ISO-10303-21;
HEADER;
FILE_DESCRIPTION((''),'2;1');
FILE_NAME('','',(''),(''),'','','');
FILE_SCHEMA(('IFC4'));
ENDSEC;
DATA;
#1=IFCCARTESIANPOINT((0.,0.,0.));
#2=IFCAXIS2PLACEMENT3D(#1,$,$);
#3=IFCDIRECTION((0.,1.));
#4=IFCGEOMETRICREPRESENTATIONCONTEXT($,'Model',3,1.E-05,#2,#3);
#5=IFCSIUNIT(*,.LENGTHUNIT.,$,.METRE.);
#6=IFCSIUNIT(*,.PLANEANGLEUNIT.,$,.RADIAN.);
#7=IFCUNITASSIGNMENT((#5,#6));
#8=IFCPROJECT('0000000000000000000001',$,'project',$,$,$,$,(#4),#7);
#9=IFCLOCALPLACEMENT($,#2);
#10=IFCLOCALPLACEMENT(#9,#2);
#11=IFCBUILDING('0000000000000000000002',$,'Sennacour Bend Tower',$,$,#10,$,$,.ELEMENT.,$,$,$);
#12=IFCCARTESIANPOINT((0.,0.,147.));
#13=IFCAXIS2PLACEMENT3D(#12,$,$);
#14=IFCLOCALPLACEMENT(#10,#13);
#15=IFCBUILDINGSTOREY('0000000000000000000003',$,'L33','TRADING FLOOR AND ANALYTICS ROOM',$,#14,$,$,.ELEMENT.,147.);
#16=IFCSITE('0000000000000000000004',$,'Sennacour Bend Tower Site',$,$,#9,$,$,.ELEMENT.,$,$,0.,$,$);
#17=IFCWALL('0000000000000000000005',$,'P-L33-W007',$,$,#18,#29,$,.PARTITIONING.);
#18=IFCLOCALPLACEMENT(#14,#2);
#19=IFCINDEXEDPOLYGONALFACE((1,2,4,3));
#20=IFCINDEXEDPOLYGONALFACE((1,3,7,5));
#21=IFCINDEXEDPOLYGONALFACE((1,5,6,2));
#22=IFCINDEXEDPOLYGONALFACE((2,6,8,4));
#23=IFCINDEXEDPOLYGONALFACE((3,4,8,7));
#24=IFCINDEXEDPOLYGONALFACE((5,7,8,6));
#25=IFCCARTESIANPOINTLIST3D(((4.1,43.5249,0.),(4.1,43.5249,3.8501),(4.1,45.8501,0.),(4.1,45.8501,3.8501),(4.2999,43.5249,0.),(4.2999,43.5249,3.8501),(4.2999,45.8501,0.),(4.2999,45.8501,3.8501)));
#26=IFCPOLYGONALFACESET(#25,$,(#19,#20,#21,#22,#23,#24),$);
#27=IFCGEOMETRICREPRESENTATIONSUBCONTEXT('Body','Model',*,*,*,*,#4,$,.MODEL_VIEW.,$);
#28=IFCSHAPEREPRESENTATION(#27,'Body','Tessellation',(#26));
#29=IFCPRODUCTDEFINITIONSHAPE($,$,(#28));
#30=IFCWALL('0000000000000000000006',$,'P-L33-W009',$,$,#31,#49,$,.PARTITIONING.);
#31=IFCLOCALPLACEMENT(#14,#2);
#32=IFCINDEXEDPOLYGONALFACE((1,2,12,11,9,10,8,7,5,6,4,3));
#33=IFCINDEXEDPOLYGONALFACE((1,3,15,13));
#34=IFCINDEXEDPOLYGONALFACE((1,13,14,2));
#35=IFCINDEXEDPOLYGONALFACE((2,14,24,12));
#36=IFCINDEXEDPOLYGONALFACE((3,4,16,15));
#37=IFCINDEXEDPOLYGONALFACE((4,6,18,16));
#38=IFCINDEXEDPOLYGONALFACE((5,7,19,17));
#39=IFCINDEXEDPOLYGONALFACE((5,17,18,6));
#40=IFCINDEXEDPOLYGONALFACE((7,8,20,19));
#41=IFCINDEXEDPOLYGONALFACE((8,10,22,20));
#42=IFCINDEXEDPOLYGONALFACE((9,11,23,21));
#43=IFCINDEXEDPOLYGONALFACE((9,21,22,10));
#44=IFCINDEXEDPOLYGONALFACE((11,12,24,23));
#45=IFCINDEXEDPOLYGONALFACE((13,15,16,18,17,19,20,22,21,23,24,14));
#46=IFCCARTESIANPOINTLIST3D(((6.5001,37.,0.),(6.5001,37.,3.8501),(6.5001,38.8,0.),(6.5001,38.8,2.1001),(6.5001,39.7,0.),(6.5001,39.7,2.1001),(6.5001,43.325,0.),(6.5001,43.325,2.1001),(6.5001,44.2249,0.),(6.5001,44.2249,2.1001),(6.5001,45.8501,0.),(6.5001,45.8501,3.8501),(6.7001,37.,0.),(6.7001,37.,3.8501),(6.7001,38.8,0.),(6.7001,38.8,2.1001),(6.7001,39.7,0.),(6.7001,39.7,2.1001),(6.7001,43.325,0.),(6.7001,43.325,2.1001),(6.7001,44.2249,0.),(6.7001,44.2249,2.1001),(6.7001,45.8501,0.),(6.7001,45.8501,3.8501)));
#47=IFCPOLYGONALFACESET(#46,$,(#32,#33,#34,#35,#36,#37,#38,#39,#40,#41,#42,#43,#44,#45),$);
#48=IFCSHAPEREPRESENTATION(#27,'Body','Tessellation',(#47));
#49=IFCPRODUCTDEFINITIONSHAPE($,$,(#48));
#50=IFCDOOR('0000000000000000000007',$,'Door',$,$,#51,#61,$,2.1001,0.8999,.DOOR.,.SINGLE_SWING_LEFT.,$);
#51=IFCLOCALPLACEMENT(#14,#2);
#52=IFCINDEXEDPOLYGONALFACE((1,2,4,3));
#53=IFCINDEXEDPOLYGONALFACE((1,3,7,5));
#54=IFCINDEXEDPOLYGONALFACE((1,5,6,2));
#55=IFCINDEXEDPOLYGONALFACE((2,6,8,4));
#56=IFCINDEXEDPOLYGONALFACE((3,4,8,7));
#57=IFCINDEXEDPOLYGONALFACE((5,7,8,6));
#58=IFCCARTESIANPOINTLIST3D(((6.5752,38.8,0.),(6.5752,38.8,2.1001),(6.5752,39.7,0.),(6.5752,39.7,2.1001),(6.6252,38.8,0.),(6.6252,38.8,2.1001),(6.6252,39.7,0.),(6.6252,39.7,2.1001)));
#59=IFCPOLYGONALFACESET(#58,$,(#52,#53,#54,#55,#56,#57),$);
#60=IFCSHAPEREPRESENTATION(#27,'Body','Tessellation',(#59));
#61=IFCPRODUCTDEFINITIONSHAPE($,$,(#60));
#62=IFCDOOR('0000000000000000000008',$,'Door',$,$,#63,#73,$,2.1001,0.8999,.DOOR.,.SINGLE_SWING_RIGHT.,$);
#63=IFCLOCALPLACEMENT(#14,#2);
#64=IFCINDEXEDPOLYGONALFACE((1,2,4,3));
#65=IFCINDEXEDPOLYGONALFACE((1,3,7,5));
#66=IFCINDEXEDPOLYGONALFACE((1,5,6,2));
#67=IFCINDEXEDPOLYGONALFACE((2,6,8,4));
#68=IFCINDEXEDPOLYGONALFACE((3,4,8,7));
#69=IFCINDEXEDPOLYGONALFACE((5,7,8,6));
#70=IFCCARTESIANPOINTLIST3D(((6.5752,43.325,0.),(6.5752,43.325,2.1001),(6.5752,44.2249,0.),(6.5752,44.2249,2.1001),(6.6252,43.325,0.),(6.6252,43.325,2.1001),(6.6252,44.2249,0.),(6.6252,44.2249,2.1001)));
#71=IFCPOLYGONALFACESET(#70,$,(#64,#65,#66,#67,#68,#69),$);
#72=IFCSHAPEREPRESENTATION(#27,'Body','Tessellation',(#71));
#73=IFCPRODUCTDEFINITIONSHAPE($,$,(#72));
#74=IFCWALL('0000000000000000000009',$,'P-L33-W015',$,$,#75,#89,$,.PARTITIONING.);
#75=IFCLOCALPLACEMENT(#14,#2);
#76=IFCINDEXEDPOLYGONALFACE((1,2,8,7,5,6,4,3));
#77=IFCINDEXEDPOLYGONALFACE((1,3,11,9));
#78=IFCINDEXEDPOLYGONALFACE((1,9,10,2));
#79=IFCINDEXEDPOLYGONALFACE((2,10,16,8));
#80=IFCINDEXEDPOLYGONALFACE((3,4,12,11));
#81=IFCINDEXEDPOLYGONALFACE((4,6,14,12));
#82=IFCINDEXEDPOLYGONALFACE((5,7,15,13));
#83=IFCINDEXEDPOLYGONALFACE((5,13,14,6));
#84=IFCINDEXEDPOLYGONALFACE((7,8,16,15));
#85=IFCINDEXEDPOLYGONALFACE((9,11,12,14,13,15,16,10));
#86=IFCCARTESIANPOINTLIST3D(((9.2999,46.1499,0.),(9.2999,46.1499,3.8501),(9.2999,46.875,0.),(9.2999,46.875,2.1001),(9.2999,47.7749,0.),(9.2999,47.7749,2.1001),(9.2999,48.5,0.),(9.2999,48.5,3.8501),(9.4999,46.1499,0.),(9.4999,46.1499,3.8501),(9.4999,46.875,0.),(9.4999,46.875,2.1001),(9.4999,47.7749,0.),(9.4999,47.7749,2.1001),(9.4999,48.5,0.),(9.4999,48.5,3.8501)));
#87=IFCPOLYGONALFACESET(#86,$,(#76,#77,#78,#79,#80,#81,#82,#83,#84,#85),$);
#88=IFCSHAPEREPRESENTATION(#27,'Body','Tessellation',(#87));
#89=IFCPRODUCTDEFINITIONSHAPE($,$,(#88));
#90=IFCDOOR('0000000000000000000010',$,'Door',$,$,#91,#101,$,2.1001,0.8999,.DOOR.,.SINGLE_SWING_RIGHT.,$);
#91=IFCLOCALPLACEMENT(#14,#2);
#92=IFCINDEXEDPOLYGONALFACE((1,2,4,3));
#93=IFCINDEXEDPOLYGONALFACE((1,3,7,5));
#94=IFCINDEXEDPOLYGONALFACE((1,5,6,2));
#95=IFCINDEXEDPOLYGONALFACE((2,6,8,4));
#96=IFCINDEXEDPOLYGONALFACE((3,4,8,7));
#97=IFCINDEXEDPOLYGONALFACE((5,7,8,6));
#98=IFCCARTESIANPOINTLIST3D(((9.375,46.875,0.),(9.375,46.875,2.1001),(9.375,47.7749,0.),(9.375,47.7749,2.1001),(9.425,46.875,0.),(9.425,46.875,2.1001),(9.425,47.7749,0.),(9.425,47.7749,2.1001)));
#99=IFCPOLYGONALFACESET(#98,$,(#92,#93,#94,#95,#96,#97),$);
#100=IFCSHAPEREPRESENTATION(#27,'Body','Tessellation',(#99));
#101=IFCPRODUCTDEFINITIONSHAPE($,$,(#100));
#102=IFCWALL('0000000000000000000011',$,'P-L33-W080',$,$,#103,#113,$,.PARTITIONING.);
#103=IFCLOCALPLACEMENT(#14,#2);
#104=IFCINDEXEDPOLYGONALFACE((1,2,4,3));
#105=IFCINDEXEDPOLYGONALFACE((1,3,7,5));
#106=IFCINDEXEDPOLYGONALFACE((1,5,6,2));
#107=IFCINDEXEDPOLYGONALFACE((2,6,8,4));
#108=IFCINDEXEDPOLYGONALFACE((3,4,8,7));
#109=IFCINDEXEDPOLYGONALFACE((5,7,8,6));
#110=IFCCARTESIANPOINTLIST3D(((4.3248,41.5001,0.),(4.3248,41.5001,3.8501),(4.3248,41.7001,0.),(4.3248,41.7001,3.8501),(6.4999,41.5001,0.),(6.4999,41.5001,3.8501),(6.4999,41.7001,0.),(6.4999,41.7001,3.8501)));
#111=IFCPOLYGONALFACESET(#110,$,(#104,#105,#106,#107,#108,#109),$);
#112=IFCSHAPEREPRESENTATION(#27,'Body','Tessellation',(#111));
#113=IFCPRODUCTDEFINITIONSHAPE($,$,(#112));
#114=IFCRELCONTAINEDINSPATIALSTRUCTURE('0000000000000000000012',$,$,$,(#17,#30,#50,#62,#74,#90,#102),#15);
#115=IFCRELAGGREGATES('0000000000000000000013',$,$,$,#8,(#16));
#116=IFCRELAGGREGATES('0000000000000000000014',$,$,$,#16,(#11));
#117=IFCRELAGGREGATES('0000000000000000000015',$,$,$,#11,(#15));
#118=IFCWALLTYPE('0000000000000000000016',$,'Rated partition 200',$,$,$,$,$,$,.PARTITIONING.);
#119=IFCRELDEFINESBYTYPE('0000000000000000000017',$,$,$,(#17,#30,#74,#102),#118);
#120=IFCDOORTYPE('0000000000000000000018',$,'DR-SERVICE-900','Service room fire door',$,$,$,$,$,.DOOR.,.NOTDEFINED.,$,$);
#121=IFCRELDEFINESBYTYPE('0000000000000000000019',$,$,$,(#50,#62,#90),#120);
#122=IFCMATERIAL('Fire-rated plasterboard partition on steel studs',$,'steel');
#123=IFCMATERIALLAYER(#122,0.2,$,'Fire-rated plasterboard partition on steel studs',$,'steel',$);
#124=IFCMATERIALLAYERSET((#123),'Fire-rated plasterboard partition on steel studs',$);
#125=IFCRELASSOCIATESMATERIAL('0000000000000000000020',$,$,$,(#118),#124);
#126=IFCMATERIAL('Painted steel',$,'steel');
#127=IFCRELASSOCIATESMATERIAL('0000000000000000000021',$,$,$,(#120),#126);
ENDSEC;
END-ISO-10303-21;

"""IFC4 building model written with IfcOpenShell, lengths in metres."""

from ifc_helpers import new_model, si_unit, direction, frame, frame_2d, origin, place, context, subcontext, project, spatial, rectangle, extrude, material, layer, layer_set, type_object, element, fill, save


model = new_model("IFC4")

# Units and contexts
model_context = context("Model", 3, precision=1e-05, world=origin(), true_north=direction((0.0, 1.0)))
body_context = subcontext(model_context, "Body", "Model", "MODEL_VIEW")
ifc_project = project(units=[si_unit("LENGTHUNIT", "METRE"), si_unit("PLANEANGLEUNIT", "RADIAN")], contexts=[model_context])

# Site, building, storey
site_placement = place(None, origin())
site = spatial("IfcSite", under=ifc_project, at=site_placement, Name="Sennacour Bend Tower Site", CompositionType="ELEMENT", RefElevation=0.0)
building_placement = place(site_placement, origin())
building = spatial("IfcBuilding", under=site, at=building_placement, Name="Sennacour Bend Tower", CompositionType="ELEMENT")
storey_placement = place(building_placement, frame((0.0, 0.0, 147.0)))
storey = spatial("IfcBuildingStorey", under=building, at=storey_placement, Name="L33", Description="TRADING FLOOR AND ANALYTICS ROOM", CompositionType="ELEMENT", Elevation=147.0)

# Wall
ifc_material_1 = material(Name="Fire-rated plasterboard partition on steel studs", Category="steel")
ifc_layer_1 = layer(ifc_material_1, 0.2, Name="Fire-rated plasterboard partition on steel studs", Category="steel")
ifc_layer_set_1 = layer_set([ifc_layer_1], Name="Fire-rated plasterboard partition on steel studs")
wall_type_1 = type_object("IfcWallType", Name="Rated partition 200", PredefinedType="PARTITIONING", material=ifc_layer_set_1)
wall_1_placement = place(storey_placement, frame((4.2, 43.5249, 0.0), z_axis=(0.0, 0.0, 1.0), x_axis=(0.0, 1.0, 0.0)))
element("IfcWall", 1, at=wall_1_placement, inside=storey, type_object=wall_type_1, Name="P-L33-W007", PredefinedType="PARTITIONING", context=body_context, shape_type="SweptSolid", body=[
    extrude(rectangle(XDim=2.3252, YDim=0.2, at=frame_2d((1.1626, 0.0))), origin(), (0.0, 0.0, 1.0), 3.8501),
])

# Wall, openings, doors
wall_2_placement = place(storey_placement, frame((6.6001, 37.0, 0.0), z_axis=(0.0, 0.0, 1.0), x_axis=(0.0, 1.0, 0.0)))
wall_2 = element("IfcWall", 2, at=wall_2_placement, inside=storey, type_object=wall_type_1, Name="P-L33-W009", PredefinedType="PARTITIONING", context=body_context, shape_type="SweptSolid", body=[
    extrude(rectangle(XDim=8.8501, YDim=0.2, at=frame_2d((4.425, 0.0))), origin(), (0.0, 0.0, 1.0), 3.8501),
])
opening_1_placement = place(wall_2_placement, frame((1.8, 0.0, 0.0)))
opening_1 = element("IfcOpeningElement", 3, at=opening_1_placement, cuts=wall_2, PredefinedType="OPENING", context=body_context, shape_type="SweptSolid", body=[
    extrude(rectangle(XDim=0.8999, YDim=2.1001, at=frame_2d((0.45, 1.05))), frame((0.0, 0.1099, 0.0), z_axis=(0.0, -1.0, 0.0), x_axis=(1.0, 0.0, 0.0)), (0.0, 0.0, 1.0), 0.22),
])
opening_2_placement = place(wall_2_placement, frame((6.325, 0.0, 0.0)))
opening_2 = element("IfcOpeningElement", 4, at=opening_2_placement, cuts=wall_2, PredefinedType="OPENING", context=body_context, shape_type="SweptSolid", body=[
    extrude(rectangle(XDim=0.8999, YDim=2.1001, at=frame_2d((0.45, 1.05))), frame((0.0, 0.1099, 0.0), z_axis=(0.0, -1.0, 0.0), x_axis=(1.0, 0.0, 0.0)), (0.0, 0.0, 1.0), 0.22),
])
ifc_material_2 = material(Name="Painted steel", Category="steel")
door_type_1 = type_object("IfcDoorType", Name="DR-SERVICE-900", Description="Service room fire door", OperationType="NOTDEFINED", PredefinedType="DOOR", material=ifc_material_2)
door_1_placement = place(opening_1_placement, origin())
door_1 = element("IfcDoor", 5, at=door_1_placement, inside=storey, type_object=door_type_1, Name="Door", OperationType="SINGLE_SWING_LEFT", OverallHeight=2.1001, OverallWidth=0.8999, PredefinedType="DOOR", context=body_context, shape_type="SweptSolid", body=[
    extrude(rectangle(XDim=0.8999, YDim=2.1001, at=frame_2d((0.45, 1.05))), frame((0.0, 0.0249, 0.0), z_axis=(0.0, -1.0, 0.0), x_axis=(1.0, 0.0, 0.0)), (0.0, 0.0, 1.0), 0.05),
])
fill(opening_1, door_1)
door_2_placement = place(opening_2_placement, origin())
door_2 = element("IfcDoor", 6, at=door_2_placement, inside=storey, type_object=door_type_1, Name="Door", OperationType="SINGLE_SWING_RIGHT", OverallHeight=2.1001, OverallWidth=0.8999, PredefinedType="DOOR", context=body_context, shape_type="SweptSolid", body=[
    extrude(rectangle(XDim=0.8999, YDim=2.1001, at=frame_2d((0.45, 1.05))), frame((0.0, 0.0249, 0.0), z_axis=(0.0, -1.0, 0.0), x_axis=(1.0, 0.0, 0.0)), (0.0, 0.0, 1.0), 0.05),
])
fill(opening_2, door_2)

# Wall, opening, door
wall_3_placement = place(storey_placement, frame((9.3999, 46.1499, 0.0), z_axis=(0.0, 0.0, 1.0), x_axis=(0.0, 1.0, 0.0)))
wall_3 = element("IfcWall", 7, at=wall_3_placement, inside=storey, type_object=wall_type_1, Name="P-L33-W015", PredefinedType="PARTITIONING", context=body_context, shape_type="SweptSolid", body=[
    extrude(rectangle(XDim=2.3501, YDim=0.2, at=frame_2d((1.175, 0.0))), origin(), (0.0, 0.0, 1.0), 3.8501),
])
opening_3_placement = place(wall_3_placement, frame((0.7251, 0.0, 0.0)))
opening_3 = element("IfcOpeningElement", 8, at=opening_3_placement, cuts=wall_3, PredefinedType="OPENING", context=body_context, shape_type="SweptSolid", body=[
    extrude(rectangle(XDim=0.8999, YDim=2.1001, at=frame_2d((0.45, 1.05))), frame((0.0, 0.1099, 0.0), z_axis=(0.0, -1.0, 0.0), x_axis=(1.0, 0.0, 0.0)), (0.0, 0.0, 1.0), 0.22),
])
door_3_placement = place(opening_3_placement, origin())
door_3 = element("IfcDoor", 9, at=door_3_placement, inside=storey, type_object=door_type_1, Name="Door", OperationType="SINGLE_SWING_RIGHT", OverallHeight=2.1001, OverallWidth=0.8999, PredefinedType="DOOR", context=body_context, shape_type="SweptSolid", body=[
    extrude(rectangle(XDim=0.8999, YDim=2.1001, at=frame_2d((0.45, 1.05))), frame((0.0, 0.0249, 0.0), z_axis=(0.0, -1.0, 0.0), x_axis=(1.0, 0.0, 0.0)), (0.0, 0.0, 1.0), 0.05),
])
fill(opening_3, door_3)

# Wall
wall_4_placement = place(storey_placement, frame((4.325, 41.6001, 0.0), z_axis=(0.0, 0.0, 1.0), x_axis=(1.0, 0.0, 0.0)))
element("IfcWall", 10, at=wall_4_placement, inside=storey, type_object=wall_type_1, Name="P-L33-W080", PredefinedType="PARTITIONING", context=body_context, shape_type="SweptSolid", body=[
    extrude(rectangle(XDim=2.175, YDim=0.2, at=frame_2d((1.0874, 0.0))), origin(), (0.0, 0.0, 1.0), 3.8501),
])

save(model, "model.ifc")
